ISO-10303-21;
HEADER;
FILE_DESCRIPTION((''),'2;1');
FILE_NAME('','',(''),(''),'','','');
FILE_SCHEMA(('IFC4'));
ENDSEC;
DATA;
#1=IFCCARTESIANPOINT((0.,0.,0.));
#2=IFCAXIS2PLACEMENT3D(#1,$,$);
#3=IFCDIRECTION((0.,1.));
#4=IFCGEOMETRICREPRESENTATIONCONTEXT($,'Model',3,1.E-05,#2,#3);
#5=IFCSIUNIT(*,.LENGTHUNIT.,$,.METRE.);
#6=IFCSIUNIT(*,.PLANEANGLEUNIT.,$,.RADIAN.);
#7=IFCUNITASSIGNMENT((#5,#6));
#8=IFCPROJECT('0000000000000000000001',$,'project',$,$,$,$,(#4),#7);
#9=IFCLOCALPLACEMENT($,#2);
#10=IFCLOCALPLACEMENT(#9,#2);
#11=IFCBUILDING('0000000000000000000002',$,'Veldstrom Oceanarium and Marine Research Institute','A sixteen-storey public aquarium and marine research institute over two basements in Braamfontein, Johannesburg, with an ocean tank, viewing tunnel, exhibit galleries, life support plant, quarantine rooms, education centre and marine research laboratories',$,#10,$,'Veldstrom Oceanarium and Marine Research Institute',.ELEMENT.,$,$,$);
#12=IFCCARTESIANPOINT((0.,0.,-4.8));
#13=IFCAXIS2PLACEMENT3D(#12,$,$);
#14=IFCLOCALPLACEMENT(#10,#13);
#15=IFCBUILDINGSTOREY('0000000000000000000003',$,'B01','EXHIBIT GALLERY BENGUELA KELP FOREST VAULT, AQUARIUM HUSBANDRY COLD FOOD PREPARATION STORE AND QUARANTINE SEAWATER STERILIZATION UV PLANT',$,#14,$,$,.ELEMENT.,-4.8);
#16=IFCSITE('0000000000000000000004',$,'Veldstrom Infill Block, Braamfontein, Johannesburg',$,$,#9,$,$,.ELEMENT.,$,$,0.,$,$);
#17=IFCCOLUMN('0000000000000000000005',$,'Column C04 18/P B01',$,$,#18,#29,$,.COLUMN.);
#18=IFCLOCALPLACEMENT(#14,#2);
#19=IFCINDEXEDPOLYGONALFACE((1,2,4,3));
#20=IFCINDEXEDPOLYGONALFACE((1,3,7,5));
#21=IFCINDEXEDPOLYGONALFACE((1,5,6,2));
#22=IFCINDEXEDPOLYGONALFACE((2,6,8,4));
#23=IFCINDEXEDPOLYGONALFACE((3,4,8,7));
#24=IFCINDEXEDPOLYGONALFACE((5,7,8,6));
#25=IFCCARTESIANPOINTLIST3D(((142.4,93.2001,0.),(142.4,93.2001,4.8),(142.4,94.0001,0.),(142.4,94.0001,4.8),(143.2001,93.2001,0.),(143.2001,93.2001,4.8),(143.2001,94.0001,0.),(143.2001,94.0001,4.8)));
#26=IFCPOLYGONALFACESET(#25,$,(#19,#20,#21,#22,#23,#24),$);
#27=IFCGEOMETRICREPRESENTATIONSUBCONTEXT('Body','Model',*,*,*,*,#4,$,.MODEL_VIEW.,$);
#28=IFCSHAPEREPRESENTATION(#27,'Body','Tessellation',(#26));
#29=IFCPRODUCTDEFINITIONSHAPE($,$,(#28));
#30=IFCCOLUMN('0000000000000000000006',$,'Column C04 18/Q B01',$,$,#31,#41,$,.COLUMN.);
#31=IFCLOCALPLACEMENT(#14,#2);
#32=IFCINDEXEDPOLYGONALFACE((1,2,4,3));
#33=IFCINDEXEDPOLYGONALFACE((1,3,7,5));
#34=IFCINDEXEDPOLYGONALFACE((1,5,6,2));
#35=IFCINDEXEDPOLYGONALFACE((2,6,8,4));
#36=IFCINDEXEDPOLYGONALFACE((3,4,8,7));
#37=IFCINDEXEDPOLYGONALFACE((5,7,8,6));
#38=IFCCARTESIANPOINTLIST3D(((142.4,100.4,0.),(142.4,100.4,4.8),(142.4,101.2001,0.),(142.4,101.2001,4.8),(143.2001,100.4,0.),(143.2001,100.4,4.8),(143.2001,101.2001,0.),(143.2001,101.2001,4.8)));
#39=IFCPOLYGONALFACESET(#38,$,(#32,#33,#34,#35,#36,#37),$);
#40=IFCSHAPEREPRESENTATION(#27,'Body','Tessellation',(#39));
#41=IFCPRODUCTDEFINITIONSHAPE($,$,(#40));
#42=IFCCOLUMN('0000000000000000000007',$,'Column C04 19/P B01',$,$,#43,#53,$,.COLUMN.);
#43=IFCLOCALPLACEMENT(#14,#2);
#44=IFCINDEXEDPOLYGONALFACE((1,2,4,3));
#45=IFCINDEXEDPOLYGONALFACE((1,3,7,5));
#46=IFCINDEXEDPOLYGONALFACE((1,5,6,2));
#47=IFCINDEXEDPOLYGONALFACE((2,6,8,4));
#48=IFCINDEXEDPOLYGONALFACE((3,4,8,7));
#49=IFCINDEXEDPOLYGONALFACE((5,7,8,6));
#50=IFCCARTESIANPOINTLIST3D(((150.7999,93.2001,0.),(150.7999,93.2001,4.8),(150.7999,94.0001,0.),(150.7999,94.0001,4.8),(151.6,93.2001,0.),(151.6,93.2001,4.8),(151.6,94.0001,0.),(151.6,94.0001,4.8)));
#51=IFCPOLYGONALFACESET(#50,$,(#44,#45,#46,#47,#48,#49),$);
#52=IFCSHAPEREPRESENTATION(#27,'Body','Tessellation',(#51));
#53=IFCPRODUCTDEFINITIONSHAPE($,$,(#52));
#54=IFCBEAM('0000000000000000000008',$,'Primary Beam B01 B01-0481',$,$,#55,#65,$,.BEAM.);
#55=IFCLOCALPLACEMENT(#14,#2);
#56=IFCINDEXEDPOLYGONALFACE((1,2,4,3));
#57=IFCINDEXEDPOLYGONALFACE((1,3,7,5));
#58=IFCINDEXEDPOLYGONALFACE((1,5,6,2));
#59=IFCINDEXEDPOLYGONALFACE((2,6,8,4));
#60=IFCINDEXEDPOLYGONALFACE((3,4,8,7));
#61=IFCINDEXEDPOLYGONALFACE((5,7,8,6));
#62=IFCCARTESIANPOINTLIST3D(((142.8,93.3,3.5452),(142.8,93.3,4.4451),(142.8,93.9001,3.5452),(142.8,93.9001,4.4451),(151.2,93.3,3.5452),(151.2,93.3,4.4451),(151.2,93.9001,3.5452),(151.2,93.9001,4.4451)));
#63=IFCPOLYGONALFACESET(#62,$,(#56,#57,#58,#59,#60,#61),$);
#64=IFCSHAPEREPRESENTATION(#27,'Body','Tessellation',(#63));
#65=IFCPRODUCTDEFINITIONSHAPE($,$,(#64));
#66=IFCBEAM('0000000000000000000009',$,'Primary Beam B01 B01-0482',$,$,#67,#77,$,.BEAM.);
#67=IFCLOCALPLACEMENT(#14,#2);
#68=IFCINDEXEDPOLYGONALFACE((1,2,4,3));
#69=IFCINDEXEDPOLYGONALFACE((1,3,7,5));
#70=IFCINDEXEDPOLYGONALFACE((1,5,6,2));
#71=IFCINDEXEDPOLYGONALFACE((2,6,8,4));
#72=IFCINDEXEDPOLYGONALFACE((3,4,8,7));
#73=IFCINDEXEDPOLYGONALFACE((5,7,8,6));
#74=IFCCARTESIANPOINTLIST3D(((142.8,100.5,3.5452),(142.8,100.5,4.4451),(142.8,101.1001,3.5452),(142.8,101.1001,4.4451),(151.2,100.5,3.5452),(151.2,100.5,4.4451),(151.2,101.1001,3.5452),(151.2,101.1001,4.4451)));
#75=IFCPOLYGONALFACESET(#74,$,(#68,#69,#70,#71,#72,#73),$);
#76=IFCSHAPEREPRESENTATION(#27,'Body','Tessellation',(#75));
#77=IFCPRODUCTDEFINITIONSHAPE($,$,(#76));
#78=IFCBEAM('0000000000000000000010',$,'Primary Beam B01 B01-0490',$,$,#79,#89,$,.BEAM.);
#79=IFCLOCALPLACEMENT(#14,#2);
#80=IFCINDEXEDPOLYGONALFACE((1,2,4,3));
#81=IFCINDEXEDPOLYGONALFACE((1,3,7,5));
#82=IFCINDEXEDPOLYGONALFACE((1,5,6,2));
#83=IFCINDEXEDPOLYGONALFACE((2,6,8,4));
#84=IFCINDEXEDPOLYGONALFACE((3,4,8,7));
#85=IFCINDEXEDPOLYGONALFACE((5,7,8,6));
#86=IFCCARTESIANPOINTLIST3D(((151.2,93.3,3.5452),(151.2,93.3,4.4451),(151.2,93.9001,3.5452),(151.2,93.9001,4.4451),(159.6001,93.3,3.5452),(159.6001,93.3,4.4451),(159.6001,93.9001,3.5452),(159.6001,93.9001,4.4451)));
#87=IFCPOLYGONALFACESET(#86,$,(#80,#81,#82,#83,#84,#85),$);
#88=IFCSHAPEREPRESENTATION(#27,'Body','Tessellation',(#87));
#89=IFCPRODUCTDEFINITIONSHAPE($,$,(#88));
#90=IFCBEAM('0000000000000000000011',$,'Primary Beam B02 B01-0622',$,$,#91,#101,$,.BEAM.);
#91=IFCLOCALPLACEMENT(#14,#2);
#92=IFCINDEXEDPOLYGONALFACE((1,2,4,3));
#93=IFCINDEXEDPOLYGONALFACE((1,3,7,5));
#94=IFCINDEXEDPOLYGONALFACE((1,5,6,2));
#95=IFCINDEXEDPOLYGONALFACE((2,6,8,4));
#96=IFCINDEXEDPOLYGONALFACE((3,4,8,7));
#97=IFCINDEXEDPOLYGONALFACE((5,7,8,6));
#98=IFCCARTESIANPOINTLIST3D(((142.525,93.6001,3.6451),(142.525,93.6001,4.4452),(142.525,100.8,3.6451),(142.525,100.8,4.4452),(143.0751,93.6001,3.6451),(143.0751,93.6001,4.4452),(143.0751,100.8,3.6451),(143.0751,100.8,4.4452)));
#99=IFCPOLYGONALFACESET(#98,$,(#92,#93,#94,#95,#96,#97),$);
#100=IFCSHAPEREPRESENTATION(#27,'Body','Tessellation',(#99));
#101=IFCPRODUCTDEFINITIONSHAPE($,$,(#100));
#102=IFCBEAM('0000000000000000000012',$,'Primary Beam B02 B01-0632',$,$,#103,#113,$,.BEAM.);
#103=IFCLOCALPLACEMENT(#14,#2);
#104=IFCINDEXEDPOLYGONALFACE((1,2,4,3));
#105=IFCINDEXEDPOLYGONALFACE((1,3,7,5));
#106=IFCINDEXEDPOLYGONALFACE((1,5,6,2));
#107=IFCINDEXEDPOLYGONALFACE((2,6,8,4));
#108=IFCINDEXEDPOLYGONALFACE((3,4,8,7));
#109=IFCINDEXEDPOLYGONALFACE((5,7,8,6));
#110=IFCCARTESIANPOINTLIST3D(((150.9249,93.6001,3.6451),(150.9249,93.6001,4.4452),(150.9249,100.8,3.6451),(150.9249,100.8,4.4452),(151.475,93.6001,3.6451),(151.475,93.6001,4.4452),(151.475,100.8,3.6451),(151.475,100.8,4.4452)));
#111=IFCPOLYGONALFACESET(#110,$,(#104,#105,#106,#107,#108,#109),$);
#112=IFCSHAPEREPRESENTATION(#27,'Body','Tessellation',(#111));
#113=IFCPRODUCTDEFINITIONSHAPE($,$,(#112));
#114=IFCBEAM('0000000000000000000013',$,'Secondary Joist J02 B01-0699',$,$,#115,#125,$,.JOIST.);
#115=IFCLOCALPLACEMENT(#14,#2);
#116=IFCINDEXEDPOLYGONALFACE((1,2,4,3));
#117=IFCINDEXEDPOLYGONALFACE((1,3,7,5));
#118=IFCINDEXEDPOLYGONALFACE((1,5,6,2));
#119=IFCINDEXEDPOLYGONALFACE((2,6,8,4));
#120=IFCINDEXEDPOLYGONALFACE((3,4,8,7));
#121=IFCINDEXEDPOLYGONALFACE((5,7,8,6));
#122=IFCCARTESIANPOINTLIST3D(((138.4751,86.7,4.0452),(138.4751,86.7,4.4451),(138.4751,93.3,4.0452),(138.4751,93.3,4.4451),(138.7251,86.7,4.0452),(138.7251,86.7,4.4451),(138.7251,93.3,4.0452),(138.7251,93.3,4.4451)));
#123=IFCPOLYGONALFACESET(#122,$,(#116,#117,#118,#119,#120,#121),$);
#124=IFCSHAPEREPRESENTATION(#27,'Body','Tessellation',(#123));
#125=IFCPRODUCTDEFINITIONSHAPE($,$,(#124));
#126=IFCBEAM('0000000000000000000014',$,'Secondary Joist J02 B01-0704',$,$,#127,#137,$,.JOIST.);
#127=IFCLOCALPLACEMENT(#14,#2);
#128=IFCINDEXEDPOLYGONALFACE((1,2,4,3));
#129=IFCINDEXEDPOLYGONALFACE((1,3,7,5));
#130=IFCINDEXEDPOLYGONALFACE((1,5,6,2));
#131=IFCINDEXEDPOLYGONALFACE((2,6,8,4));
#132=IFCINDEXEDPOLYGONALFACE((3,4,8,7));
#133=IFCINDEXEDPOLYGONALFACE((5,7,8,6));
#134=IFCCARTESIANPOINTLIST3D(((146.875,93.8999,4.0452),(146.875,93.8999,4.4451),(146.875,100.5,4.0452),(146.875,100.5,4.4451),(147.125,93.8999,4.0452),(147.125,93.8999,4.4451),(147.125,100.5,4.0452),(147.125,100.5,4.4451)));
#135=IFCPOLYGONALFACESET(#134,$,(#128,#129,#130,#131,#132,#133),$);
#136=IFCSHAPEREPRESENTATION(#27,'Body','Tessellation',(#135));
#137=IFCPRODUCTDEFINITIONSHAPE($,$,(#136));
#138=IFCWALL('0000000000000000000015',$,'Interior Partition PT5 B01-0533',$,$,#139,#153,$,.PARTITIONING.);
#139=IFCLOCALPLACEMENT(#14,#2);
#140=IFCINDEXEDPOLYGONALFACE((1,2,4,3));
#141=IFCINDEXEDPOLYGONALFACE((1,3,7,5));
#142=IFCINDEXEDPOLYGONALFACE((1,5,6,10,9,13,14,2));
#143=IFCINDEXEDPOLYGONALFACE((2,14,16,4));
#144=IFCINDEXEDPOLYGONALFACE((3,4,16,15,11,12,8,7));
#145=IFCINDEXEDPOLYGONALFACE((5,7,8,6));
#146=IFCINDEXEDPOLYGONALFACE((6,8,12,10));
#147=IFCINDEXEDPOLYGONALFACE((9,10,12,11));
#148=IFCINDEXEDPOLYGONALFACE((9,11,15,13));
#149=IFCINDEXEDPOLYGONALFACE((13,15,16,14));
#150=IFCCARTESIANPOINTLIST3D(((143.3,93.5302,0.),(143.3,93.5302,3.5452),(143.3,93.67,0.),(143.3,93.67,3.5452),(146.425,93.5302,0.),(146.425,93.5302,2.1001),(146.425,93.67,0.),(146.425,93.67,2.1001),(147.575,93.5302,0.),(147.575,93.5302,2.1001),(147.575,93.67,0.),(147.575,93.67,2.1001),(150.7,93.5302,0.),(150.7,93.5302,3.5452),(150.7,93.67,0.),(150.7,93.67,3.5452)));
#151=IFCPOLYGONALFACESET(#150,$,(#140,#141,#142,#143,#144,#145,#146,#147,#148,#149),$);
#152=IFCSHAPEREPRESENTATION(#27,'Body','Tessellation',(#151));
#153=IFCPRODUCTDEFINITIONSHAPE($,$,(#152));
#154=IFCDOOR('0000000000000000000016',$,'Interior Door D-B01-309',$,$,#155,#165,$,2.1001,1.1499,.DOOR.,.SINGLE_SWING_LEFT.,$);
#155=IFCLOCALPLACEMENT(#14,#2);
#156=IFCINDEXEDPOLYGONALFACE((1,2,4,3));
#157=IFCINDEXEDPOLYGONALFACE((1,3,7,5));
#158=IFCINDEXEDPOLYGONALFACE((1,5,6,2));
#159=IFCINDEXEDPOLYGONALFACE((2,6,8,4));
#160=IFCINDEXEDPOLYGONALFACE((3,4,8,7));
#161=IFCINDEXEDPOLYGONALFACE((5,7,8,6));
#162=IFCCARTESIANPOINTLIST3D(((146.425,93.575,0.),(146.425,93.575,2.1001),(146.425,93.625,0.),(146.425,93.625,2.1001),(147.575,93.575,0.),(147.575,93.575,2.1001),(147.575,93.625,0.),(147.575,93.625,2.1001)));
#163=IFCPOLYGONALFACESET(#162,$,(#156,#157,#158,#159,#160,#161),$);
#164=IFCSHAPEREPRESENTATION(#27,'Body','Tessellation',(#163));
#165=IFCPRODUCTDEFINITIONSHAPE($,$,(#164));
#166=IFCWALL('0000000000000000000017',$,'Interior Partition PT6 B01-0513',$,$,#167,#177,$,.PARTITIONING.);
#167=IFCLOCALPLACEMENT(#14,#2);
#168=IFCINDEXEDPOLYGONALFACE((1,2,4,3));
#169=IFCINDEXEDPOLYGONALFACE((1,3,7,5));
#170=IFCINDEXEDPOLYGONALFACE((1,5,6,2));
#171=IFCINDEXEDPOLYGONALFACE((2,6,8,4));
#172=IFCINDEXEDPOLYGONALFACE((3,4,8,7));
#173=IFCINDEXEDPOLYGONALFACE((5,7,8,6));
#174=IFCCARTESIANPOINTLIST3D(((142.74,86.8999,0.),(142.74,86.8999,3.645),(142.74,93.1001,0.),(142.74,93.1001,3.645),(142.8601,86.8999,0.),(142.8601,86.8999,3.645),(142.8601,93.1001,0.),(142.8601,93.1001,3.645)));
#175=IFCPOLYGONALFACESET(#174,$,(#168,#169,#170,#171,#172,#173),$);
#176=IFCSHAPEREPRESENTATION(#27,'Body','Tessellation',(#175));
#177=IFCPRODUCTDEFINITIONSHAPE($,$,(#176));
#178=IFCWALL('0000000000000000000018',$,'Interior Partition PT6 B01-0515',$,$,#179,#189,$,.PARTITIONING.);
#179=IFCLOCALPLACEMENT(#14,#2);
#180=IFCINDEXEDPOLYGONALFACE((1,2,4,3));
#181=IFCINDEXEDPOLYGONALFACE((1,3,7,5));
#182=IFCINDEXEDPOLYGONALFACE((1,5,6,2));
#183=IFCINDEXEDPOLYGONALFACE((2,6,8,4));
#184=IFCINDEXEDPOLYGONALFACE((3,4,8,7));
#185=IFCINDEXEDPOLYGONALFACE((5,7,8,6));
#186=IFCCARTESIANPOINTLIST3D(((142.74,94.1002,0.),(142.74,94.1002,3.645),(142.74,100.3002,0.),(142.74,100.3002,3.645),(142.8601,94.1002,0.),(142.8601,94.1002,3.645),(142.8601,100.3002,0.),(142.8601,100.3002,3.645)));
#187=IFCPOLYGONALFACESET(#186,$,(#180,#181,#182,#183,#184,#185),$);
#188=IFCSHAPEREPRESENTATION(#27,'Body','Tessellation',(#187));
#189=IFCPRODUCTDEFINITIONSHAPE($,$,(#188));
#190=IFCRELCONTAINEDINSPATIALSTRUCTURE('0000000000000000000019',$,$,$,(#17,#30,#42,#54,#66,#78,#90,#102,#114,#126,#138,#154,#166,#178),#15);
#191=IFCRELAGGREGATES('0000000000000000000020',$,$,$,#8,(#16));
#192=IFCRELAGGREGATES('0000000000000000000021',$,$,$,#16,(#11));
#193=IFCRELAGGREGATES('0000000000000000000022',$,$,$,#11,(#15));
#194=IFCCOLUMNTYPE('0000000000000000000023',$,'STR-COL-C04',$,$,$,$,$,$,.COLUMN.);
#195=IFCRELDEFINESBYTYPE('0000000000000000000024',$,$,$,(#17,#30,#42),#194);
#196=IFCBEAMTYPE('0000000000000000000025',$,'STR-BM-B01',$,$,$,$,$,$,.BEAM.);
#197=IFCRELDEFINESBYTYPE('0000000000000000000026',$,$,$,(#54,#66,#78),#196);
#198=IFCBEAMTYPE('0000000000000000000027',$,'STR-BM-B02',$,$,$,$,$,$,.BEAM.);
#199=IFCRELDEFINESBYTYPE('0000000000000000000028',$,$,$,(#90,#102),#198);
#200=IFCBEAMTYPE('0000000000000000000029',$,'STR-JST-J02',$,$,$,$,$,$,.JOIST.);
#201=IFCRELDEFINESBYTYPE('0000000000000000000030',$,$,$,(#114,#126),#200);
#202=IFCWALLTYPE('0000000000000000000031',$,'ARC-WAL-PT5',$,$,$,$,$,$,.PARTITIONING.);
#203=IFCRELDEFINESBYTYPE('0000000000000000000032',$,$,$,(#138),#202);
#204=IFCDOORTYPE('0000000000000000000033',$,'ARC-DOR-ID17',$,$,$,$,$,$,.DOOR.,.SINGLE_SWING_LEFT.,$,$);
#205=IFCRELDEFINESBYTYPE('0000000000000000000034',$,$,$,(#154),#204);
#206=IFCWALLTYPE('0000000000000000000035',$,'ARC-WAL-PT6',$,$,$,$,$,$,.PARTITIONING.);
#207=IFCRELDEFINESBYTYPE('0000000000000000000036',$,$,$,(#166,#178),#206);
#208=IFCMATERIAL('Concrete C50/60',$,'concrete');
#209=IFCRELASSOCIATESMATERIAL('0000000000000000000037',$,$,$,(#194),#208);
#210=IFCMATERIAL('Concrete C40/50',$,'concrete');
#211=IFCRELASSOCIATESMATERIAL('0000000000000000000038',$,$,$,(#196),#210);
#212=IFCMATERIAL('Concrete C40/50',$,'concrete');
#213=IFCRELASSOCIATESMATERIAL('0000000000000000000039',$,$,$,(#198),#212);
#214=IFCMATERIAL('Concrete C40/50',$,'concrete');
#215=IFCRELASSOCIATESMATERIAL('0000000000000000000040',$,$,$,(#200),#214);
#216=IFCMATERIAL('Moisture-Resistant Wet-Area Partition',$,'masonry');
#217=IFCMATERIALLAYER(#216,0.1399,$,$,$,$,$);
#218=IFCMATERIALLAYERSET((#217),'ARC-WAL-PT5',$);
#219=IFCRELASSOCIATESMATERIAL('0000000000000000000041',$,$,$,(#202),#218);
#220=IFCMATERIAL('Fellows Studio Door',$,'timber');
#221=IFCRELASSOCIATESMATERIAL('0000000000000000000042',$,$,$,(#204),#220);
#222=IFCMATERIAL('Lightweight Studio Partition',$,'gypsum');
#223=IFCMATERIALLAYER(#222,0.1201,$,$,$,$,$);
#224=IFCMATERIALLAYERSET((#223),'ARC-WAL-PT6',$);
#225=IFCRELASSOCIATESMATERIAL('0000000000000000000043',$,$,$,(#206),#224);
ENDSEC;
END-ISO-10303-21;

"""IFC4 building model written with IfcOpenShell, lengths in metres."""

from ifc_helpers import new_model, si_unit, direction, frame, frame_2d, origin, origin_2d, place, context, subcontext, project, spatial, rectangle, extrude, material, layer, layer_set, material_profile, profile_set, type_object, element, fill, save


model = new_model("IFC4")

# Units and contexts
model_context = context("Model", 3, precision=1e-05, world=origin(), true_north=direction((0.0, 1.0)))
body_context = subcontext(model_context, "Body", "Model", "MODEL_VIEW")
ifc_project = project(units=[si_unit("LENGTHUNIT", "METRE"), si_unit("PLANEANGLEUNIT", "RADIAN")], contexts=[model_context])

# Site, building, storey
site_placement = place(None, origin())
site = spatial("IfcSite", under=ifc_project, at=site_placement, Name="Veldstrom Infill Block, Braamfontein, Johannesburg", CompositionType="ELEMENT", RefElevation=0.0)
building_placement = place(site_placement, origin())
building = spatial("IfcBuilding", under=site, at=building_placement, Name="Veldstrom Oceanarium and Marine Research Institute", Description="A sixteen-storey public aquarium and marine research institute over two basements in Braamfontein, Johannesburg, with an ocean tank, viewing tunnel, exhibit galleries, life support plant, quarantine rooms, education centre and marine research laboratories", LongName="Veldstrom Oceanarium and Marine Research Institute", CompositionType="ELEMENT")
storey_placement = place(building_placement, frame((0.0, 0.0, -4.8)))
storey = spatial("IfcBuildingStorey", under=building, at=storey_placement, Name="B01", Description="EXHIBIT GALLERY BENGUELA KELP FOREST VAULT, AQUARIUM HUSBANDRY COLD FOOD PREPARATION STORE AND QUARANTINE SEAWATER STERILIZATION UV PLANT", CompositionType="ELEMENT", Elevation=-4.8)

# Columns
ifc_material_1 = material(Name="Concrete C50/60", Category="concrete")
ifc_material_profile_1 = material_profile(ifc_material_1, rectangle(XDim=0.8, YDim=0.8, at=origin_2d()), Name="RC-COL-800x800")
ifc_profile_set_1 = profile_set([ifc_material_profile_1], Name="Concrete C50/60")
column_type = type_object("IfcColumnType", Name="STR-COL-C04", PredefinedType="COLUMN", material=ifc_profile_set_1)
for number, where, z_axis, x_axis, name in (
    (1, (142.8, 93.6001, 0.0), (0.0, 0.0, 1.0), (1.0, 0.0, 0.0), "Column C04 18/P B01"),
    (2, (142.8, 100.8, 0.0), (0.0, 0.0, 1.0), (1.0, 0.0, 0.0), "Column C04 18/Q B01"),
    (3, (151.2, 93.6001, 0.0), (0.0, 0.0, 1.0), (1.0, 0.0, 0.0), "Column C04 19/P B01"),
):
    element("IfcColumn", number, at=place(storey_placement, frame(where, z_axis=z_axis, x_axis=x_axis)), inside=storey, type_object=column_type, Name=name, PredefinedType="COLUMN", context=body_context, shape_type="SweptSolid", body=[
        extrude(rectangle(XDim=0.8, YDim=0.8, at=origin_2d()), origin(), (0.0, 0.0, 1.0), 4.8),
    ])

# Beams
ifc_material_2 = material(Name="Concrete C40/50", Category="concrete")
ifc_material_profile_2 = material_profile(ifc_material_2, rectangle(XDim=0.6001, YDim=0.8999, at=origin_2d()), Name="RC-BM-600x900")
ifc_profile_set_2 = profile_set([ifc_material_profile_2], Name="Concrete C40/50")
beam_type_1 = type_object("IfcBeamType", Name="STR-BM-B01", PredefinedType="BEAM", material=ifc_profile_set_2)
for number, where, z_axis, x_axis, name in (
    (4, (142.8, 93.6001, 3.9951), (1.0, 0.0, 0.0), (0.0, 1.0, 0.0), "Primary Beam B01 B01-0481"),
    (5, (142.8, 100.8, 3.9951), (1.0, 0.0, 0.0), (0.0, 1.0, 0.0), "Primary Beam B01 B01-0482"),
):
    element("IfcBeam", number, at=place(storey_placement, frame(where, z_axis=z_axis, x_axis=x_axis)), inside=storey, type_object=beam_type_1, Name=name, PredefinedType="BEAM", context=body_context, shape_type="SweptSolid", body=[
        extrude(rectangle(XDim=0.6001, YDim=0.8999, at=origin_2d()), origin(), (0.0, 0.0, 1.0), 8.3999),
    ])
beam_placement = place(storey_placement, frame((151.2, 93.6001, 3.9951), z_axis=(1.0, 0.0, 0.0), x_axis=(0.0, 1.0, 0.0)))
element("IfcBeam", 6, at=beam_placement, inside=storey, type_object=beam_type_1, Name="Primary Beam B01 B01-0490", PredefinedType="BEAM", context=body_context, shape_type="SweptSolid", body=[
    extrude(rectangle(XDim=0.6001, YDim=0.8999, at=origin_2d()), origin(), (0.0, 0.0, 1.0), 8.4001),
])
ifc_material_3 = material(Name="Concrete C40/50", Category="concrete")
ifc_material_profile_3 = material_profile(ifc_material_3, rectangle(XDim=0.55, YDim=0.8, at=origin_2d()), Name="RC-BM-550x800")
ifc_profile_set_3 = profile_set([ifc_material_profile_3], Name="Concrete C40/50")
beam_type_2 = type_object("IfcBeamType", Name="STR-BM-B02", PredefinedType="BEAM", material=ifc_profile_set_3)
for number, where, z_axis, x_axis, name in (
    (7, (142.8, 93.6001, 4.0452), (0.0, 1.0, 0.0), (-1.0, 0.0, 0.0), "Primary Beam B02 B01-0622"),
    (8, (151.2, 93.6001, 4.0452), (0.0, 1.0, 0.0), (-1.0, 0.0, 0.0), "Primary Beam B02 B01-0632"),
):
    element("IfcBeam", number, at=place(storey_placement, frame(where, z_axis=z_axis, x_axis=x_axis)), inside=storey, type_object=beam_type_2, Name=name, PredefinedType="BEAM", context=body_context, shape_type="SweptSolid", body=[
        extrude(rectangle(XDim=0.55, YDim=0.8, at=origin_2d()), origin(), (0.0, 0.0, 1.0), 7.2),
    ])
ifc_material_4 = material(Name="Concrete C40/50", Category="concrete")
ifc_material_profile_4 = material_profile(ifc_material_4, rectangle(XDim=0.25, YDim=0.3999, at=origin_2d()), Name="RC-JST-250x400")
ifc_profile_set_4 = profile_set([ifc_material_profile_4], Name="Concrete C40/50")
beam_type_3 = type_object("IfcBeamType", Name="STR-JST-J02", PredefinedType="JOIST", material=ifc_profile_set_4)
for number, where, z_axis, x_axis, name in (
    (9, (138.6001, 86.7, 4.2451), (0.0, 1.0, 0.0), (-1.0, 0.0, 0.0), "Secondary Joist J02 B01-0699"),
    (10, (147.0, 93.8999, 4.2451), (0.0, 1.0, 0.0), (-1.0, 0.0, 0.0), "Secondary Joist J02 B01-0704"),
):
    element("IfcBeam", number, at=place(storey_placement, frame(where, z_axis=z_axis, x_axis=x_axis)), inside=storey, type_object=beam_type_3, Name=name, PredefinedType="JOIST", context=body_context, shape_type="SweptSolid", body=[
        extrude(rectangle(XDim=0.25, YDim=0.3999, at=origin_2d()), origin(), (0.0, 0.0, 1.0), 6.6001),
    ])

# Wall, opening, door
ifc_material_5 = material(Name="Moisture-Resistant Wet-Area Partition", Category="masonry")
ifc_layer_1 = layer(ifc_material_5, 0.1399)
ifc_layer_set_1 = layer_set([ifc_layer_1], Name="ARC-WAL-PT5")
wall_type_1 = type_object("IfcWallType", Name="ARC-WAL-PT5", PredefinedType="PARTITIONING", material=ifc_layer_set_1)
wall_1_placement = place(storey_placement, frame((143.3, 93.6001, 0.0), z_axis=(0.0, 0.0, 1.0), x_axis=(1.0, 0.0, 0.0)))
wall_1 = element("IfcWall", 11, at=wall_1_placement, inside=storey, type_object=wall_type_1, Name="Interior Partition PT5 B01-0533", PredefinedType="PARTITIONING", context=body_context, shape_type="SweptSolid", body=[
    extrude(rectangle(XDim=7.3999, YDim=0.1399, at=frame_2d((3.7, 0.0))), origin(), (0.0, 0.0, 1.0), 3.5452),
])
opening_placement = place(wall_1_placement, frame((3.125, 0.0, 0.0)))
opening = element("IfcOpeningElement", 12, at=opening_placement, cuts=wall_1, PredefinedType="OPENING", context=body_context, shape_type="SweptSolid", body=[
    extrude(rectangle(XDim=1.1499, YDim=2.1001, at=frame_2d((0.575, 1.05))), frame((0.0, 0.0798, 0.0), z_axis=(0.0, -1.0, 0.0), x_axis=(1.0, 0.0, 0.0)), (0.0, 0.0, 1.0), 0.1599),
])
ifc_material_6 = material(Name="Fellows Studio Door", Category="timber")
door_type = type_object("IfcDoorType", Name="ARC-DOR-ID17", OperationType="SINGLE_SWING_LEFT", PredefinedType="DOOR", material=ifc_material_6)
door_placement = place(opening_placement, origin())
door = element("IfcDoor", 13, at=door_placement, inside=storey, type_object=door_type, Name="Interior Door D-B01-309", OperationType="SINGLE_SWING_LEFT", OverallHeight=2.1001, OverallWidth=1.1499, PredefinedType="DOOR", context=body_context, shape_type="SweptSolid", body=[
    extrude(rectangle(XDim=1.1499, YDim=2.1001, at=frame_2d((0.575, 1.05))), frame((0.0, 0.0249, 0.0), z_axis=(0.0, -1.0, 0.0), x_axis=(1.0, 0.0, 0.0)), (0.0, 0.0, 1.0), 0.05),
])
fill(opening, door)

# Walls
ifc_material_7 = material(Name="Lightweight Studio Partition", Category="gypsum")
ifc_layer_2 = layer(ifc_material_7, 0.1201)
ifc_layer_set_2 = layer_set([ifc_layer_2], Name="ARC-WAL-PT6")
wall_type_2 = type_object("IfcWallType", Name="ARC-WAL-PT6", PredefinedType="PARTITIONING", material=ifc_layer_set_2)
wall_2_placement = place(storey_placement, frame((142.8, 86.8999, 0.0), z_axis=(0.0, 0.0, 1.0), x_axis=(0.0, 1.0, 0.0)))
element("IfcWall", 14, at=wall_2_placement, inside=storey, type_object=wall_type_2, Name="Interior Partition PT6 B01-0513", PredefinedType="PARTITIONING", context=body_context, shape_type="SweptSolid", body=[
    extrude(rectangle(XDim=6.2002, YDim=0.1201, at=frame_2d((3.1001, 0.0))), origin(), (0.0, 0.0, 1.0), 3.645),
])
wall_3_placement = place(storey_placement, frame((142.8, 94.1001, 0.0), z_axis=(0.0, 0.0, 1.0), x_axis=(0.0, 1.0, 0.0)))
element("IfcWall", 15, at=wall_3_placement, inside=storey, type_object=wall_type_2, Name="Interior Partition PT6 B01-0515", PredefinedType="PARTITIONING", context=body_context, shape_type="SweptSolid", body=[
    extrude(rectangle(XDim=6.2, YDim=0.1201, at=frame_2d((3.1001, 0.0))), origin(), (0.0, 0.0, 1.0), 3.645),
])

save(model, "model.ifc")
